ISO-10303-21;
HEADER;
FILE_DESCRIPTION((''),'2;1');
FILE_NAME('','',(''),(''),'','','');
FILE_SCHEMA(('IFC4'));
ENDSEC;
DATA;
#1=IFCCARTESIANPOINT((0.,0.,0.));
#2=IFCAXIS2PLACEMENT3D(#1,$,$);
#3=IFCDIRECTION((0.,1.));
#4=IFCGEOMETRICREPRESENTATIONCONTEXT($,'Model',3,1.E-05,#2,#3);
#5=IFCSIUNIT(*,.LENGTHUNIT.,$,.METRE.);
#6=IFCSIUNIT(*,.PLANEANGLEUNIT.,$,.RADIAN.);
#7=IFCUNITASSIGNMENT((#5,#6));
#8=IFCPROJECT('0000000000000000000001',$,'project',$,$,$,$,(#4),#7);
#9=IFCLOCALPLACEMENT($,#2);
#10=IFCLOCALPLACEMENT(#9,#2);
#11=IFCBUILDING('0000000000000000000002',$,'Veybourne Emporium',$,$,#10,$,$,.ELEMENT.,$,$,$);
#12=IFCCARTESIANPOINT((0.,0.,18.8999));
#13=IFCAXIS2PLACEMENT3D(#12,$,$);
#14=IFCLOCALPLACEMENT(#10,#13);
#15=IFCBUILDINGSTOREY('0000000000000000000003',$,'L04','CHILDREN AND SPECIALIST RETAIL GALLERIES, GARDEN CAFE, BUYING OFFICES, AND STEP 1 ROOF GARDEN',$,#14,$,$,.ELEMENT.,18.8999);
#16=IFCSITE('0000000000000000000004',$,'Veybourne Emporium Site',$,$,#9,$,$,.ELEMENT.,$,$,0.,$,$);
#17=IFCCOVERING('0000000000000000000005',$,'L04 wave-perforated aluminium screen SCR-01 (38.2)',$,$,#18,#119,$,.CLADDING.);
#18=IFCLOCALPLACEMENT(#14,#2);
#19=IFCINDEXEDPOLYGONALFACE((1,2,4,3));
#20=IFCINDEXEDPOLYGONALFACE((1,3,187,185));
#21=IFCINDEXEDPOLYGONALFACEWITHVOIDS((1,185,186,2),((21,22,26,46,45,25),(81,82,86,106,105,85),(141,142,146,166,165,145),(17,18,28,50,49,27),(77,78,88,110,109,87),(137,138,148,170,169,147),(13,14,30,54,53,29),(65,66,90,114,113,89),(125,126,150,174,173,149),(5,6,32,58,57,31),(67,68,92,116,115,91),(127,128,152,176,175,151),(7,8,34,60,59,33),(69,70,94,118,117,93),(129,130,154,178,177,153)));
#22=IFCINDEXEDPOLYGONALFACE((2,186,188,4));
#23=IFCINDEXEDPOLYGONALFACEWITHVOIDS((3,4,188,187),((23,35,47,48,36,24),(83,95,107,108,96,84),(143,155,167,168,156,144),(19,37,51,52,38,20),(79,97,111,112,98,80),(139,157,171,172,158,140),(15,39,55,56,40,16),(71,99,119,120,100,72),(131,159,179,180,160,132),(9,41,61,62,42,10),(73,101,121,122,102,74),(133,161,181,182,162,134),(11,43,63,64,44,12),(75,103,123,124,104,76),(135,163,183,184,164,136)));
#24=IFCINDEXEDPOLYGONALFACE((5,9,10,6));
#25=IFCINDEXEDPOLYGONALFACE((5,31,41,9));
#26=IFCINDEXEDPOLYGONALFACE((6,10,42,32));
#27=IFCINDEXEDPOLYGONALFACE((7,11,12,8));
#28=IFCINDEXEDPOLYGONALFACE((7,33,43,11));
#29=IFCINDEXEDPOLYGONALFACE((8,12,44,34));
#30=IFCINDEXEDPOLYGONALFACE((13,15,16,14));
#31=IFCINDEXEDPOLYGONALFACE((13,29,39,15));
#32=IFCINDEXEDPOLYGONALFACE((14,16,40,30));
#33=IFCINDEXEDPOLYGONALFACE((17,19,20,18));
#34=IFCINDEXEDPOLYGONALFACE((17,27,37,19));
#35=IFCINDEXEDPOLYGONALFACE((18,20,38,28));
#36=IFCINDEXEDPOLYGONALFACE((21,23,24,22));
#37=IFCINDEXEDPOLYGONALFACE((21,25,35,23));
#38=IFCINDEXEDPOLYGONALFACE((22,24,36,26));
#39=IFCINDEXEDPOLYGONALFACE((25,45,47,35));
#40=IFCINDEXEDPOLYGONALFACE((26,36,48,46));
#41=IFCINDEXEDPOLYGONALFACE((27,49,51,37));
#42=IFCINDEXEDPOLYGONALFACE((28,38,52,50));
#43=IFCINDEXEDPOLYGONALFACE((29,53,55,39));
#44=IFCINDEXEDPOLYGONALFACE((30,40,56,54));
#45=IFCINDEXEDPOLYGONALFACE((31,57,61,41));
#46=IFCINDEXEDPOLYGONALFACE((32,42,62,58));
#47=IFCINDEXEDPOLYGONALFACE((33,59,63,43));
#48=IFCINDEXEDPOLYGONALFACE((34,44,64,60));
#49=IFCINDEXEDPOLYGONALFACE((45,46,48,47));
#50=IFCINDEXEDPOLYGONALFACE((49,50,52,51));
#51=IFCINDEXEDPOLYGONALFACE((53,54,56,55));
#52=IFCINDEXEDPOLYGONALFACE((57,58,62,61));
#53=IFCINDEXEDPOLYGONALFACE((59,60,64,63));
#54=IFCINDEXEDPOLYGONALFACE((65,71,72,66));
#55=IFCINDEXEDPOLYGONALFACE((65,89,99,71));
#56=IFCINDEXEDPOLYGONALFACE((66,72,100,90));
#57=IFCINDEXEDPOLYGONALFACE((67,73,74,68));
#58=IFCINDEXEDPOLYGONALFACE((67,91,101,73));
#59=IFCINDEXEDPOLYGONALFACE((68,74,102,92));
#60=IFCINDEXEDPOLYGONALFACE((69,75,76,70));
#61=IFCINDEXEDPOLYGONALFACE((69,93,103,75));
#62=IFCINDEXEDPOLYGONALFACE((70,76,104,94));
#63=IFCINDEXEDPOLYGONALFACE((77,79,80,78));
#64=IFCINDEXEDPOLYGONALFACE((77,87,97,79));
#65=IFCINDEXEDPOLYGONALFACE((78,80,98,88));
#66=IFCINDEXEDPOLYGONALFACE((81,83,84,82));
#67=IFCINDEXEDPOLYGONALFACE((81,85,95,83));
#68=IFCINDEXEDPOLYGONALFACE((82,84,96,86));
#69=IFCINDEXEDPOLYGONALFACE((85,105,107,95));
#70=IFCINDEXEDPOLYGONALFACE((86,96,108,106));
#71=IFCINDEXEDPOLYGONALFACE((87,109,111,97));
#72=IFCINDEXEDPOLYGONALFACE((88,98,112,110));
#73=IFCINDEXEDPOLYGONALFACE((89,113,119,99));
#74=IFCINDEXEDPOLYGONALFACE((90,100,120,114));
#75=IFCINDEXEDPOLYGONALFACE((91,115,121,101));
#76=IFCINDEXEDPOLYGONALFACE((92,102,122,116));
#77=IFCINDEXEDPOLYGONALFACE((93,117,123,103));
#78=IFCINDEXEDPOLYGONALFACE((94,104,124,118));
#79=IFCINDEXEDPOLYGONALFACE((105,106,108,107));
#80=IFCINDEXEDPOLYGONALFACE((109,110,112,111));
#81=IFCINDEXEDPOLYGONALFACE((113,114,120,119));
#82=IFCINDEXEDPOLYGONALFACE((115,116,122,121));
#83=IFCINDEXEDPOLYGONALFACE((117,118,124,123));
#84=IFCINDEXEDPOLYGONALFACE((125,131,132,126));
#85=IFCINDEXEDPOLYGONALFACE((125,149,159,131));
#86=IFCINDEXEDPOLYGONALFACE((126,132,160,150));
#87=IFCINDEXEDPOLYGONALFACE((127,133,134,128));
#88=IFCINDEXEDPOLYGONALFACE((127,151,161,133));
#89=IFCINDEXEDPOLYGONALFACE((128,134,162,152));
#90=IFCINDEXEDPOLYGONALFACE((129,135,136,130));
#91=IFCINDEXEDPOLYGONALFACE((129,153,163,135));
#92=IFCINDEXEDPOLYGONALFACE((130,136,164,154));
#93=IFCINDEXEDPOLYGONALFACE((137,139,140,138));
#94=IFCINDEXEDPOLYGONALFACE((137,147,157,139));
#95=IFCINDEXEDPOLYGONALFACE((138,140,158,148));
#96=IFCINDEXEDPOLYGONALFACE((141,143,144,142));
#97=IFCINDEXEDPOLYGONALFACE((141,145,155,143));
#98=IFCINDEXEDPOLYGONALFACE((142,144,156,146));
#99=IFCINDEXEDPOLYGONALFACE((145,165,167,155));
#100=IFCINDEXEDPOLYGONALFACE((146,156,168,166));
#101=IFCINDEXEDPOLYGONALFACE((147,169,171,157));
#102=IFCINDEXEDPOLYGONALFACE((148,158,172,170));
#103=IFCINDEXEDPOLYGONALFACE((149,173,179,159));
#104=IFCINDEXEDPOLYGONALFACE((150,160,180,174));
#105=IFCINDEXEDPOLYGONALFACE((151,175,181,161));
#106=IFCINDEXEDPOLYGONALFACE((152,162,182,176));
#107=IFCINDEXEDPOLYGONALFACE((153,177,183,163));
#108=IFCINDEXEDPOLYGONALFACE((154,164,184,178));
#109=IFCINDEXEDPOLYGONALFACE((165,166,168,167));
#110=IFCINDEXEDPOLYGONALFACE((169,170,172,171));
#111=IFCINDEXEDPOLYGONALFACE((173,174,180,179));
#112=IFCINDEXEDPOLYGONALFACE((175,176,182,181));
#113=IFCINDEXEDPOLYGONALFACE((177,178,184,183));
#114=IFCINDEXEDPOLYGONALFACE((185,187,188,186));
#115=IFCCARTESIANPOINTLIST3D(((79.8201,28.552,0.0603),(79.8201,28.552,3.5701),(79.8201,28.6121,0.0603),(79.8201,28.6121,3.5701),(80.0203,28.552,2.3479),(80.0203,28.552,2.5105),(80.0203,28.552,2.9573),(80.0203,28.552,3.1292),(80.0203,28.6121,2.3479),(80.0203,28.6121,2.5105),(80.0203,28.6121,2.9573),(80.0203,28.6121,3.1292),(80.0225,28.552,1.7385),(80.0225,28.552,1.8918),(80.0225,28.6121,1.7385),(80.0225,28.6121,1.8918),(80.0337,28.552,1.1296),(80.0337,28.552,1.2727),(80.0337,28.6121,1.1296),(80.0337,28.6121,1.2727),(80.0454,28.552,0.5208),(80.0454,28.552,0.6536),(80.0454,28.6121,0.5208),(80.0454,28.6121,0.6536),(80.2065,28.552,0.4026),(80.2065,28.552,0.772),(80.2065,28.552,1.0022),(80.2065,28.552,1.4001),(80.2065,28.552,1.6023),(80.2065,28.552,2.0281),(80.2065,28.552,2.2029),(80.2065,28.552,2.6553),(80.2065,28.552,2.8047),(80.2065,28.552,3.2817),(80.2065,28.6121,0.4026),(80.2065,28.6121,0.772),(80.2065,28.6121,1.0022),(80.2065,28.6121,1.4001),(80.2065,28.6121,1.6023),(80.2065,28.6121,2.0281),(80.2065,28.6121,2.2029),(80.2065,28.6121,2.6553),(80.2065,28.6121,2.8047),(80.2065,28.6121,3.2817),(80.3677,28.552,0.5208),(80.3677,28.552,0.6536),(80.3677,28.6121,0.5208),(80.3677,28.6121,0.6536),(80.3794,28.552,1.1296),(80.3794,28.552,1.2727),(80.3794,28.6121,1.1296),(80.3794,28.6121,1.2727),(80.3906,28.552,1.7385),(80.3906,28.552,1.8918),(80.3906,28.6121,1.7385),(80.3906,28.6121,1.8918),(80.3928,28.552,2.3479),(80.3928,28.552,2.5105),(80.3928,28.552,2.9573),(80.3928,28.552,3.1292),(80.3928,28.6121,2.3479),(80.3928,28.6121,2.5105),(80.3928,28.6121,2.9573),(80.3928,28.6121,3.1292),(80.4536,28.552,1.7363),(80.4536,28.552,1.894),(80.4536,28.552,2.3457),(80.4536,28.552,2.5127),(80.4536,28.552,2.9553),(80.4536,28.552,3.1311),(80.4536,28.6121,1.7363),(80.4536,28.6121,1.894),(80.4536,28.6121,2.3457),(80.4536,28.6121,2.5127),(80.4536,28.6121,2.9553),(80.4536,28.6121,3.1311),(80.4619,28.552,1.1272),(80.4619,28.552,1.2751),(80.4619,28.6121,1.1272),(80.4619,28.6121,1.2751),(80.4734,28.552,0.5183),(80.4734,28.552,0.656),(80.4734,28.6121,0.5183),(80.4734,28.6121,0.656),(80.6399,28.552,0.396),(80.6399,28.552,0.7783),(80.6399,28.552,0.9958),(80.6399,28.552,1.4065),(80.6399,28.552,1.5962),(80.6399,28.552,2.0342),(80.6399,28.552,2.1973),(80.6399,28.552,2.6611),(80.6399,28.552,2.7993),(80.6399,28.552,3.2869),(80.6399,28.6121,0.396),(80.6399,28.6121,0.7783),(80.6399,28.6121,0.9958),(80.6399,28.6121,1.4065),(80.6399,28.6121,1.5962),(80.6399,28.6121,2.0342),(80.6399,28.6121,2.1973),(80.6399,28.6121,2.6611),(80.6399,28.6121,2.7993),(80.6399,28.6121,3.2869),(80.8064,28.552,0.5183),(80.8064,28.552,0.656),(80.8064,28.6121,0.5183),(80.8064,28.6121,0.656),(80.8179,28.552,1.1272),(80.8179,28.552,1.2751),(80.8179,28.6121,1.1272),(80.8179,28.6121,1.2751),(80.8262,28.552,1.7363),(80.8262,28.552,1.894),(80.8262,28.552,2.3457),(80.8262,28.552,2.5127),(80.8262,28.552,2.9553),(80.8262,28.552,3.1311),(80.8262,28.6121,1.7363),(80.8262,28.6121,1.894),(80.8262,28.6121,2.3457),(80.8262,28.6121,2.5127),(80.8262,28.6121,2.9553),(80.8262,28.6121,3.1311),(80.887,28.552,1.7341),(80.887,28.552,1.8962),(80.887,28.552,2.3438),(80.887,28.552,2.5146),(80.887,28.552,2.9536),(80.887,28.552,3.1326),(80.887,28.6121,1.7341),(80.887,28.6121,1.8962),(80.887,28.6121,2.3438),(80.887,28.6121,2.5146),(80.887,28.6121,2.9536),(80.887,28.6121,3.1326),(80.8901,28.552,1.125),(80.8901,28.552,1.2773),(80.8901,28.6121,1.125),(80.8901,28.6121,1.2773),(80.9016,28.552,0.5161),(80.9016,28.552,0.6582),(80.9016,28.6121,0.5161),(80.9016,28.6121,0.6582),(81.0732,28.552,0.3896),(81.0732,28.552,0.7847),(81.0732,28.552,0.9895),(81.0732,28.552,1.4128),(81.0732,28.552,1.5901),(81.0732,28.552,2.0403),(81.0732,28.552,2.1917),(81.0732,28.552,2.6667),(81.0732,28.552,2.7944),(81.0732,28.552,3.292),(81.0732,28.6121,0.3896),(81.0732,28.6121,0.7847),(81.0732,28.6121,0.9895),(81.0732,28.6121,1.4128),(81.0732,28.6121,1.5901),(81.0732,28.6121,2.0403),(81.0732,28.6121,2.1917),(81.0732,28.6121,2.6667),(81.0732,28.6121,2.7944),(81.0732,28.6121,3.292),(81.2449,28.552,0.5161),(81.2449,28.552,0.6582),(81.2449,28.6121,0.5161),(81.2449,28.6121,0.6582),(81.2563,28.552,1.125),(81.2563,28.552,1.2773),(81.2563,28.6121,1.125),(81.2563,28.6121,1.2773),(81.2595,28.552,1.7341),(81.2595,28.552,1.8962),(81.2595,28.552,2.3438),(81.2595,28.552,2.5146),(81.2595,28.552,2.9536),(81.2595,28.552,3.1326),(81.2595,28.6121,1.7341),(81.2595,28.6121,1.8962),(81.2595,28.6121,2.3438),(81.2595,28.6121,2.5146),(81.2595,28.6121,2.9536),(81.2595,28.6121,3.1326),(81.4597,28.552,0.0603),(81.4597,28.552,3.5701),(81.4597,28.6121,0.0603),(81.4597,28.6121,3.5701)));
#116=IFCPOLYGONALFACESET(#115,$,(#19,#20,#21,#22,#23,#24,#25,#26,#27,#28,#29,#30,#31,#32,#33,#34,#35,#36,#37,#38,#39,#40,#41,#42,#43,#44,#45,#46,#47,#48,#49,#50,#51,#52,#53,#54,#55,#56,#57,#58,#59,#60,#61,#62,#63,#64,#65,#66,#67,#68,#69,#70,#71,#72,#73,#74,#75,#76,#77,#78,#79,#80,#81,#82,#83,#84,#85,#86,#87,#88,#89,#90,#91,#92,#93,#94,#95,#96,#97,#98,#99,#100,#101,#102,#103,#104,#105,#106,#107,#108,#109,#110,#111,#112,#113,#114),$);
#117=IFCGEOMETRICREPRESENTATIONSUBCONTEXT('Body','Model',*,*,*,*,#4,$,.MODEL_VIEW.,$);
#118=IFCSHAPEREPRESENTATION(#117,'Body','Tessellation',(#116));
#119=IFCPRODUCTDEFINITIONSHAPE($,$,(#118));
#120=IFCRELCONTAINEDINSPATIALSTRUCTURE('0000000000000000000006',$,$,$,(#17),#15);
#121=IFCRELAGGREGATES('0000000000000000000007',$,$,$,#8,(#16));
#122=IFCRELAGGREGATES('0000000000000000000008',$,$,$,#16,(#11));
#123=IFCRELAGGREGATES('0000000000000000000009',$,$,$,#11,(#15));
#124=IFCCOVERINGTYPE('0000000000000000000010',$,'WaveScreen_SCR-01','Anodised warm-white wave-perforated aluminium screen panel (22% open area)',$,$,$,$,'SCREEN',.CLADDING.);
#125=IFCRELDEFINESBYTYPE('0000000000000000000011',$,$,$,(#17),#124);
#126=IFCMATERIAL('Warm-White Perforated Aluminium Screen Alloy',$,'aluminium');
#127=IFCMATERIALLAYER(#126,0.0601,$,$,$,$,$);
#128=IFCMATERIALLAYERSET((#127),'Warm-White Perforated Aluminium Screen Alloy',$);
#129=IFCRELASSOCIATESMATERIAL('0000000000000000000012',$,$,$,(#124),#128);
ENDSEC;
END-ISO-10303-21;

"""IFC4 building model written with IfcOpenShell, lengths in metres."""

from ifc_helpers import new_model, si_unit, direction, frame, origin, place, context, subcontext, project, spatial, polyline, outline, extrude, material, layer, layer_set, type_object, element, save


model = new_model("IFC4")

# Units and contexts
model_context = context("Model", 3, precision=1e-05, world=origin(), true_north=direction((0.0, 1.0)))
body_context = subcontext(model_context, "Body", "Model", "MODEL_VIEW")
ifc_project = project(units=[si_unit("LENGTHUNIT", "METRE"), si_unit("PLANEANGLEUNIT", "RADIAN")], contexts=[model_context])

# Site, building, storey
site_placement = place(None, origin())
site = spatial("IfcSite", under=ifc_project, at=site_placement, Name="Veybourne Emporium Site", CompositionType="ELEMENT", RefElevation=0.0)
building_placement = place(site_placement, origin())
building = spatial("IfcBuilding", under=site, at=building_placement, Name="Veybourne Emporium", CompositionType="ELEMENT")
storey_placement = place(building_placement, frame((0.0, 0.0, 18.8999)))
storey = spatial("IfcBuildingStorey", under=building, at=storey_placement, Name="L04", Description="CHILDREN AND SPECIALIST RETAIL GALLERIES, GARDEN CAFE, BUYING OFFICES, AND STEP 1 ROOF GARDEN", CompositionType="ELEMENT", Elevation=18.8999)

# Covering
ifc_material_1 = material(Name="Warm-White Perforated Aluminium Screen Alloy", Category="aluminium")
ifc_layer_1 = layer(ifc_material_1, 0.0601)
ifc_layer_set_1 = layer_set([ifc_layer_1], Name="Warm-White Perforated Aluminium Screen Alloy")
covering_type_1 = type_object("IfcCoveringType", Name="WaveScreen_SCR-01", Description="Anodised warm-white wave-perforated aluminium screen panel (22% open area)", ElementType="SCREEN", PredefinedType="CLADDING", material=ifc_layer_set_1)
covering_1_placement = place(storey_placement, frame((80.6399, 28.552, 1.8152), z_axis=(0.0, 1.0, 0.0), x_axis=(-1.0, 0.0, 0.0)))
element("IfcCovering", 1, at=covering_1_placement, inside=storey, type_object=covering_type_1, Name="L04 wave-perforated aluminium screen SCR-01 (38.2)", PredefinedType="CLADDING", context=body_context, shape_type="SweptSolid", body=[
    extrude(outline(polyline([(-0.8198, -1.7549), (0.8198, -1.7549), (0.8198, 1.7549), (-0.8198, 1.7549), (-0.8198, -1.7549)]), holes=[polyline([(-0.4333, -1.0305), (-0.2617, -1.157), (-0.2617, -1.2991), (-0.4333, -1.4255), (-0.605, -1.2991), (-0.605, -1.157), (-0.4333, -1.0305)]), polyline([(-0.4333, -0.4023), (-0.2502, -0.5378), (-0.2502, -0.6902), (-0.4333, -0.8257), (-0.6165, -0.6902), (-0.6165, -0.5378), (-0.4333, -0.4023)]), polyline([(-0.4333, 0.2251), (-0.2471, 0.0811), (-0.2471, -0.0811), (-0.4333, -0.2251), (-0.6196, -0.0811), (-0.6196, 0.0811), (-0.4333, 0.2251)]), polyline([(-0.4333, 0.8516), (-0.2471, 0.6995), (-0.2471, 0.5286), (-0.4333, 0.3765), (-0.6196, 0.5286), (-0.6196, 0.6995), (-0.4333, 0.8516)]), polyline([(-0.4333, 1.4768), (-0.2471, 1.3174), (-0.2471, 1.1384), (-0.4333, 0.9792), (-0.6196, 1.1384), (-0.6196, 1.3174), (-0.4333, 1.4768)]), polyline([(0.0, -1.0369), (0.1665, -1.1592), (0.1665, -1.2969), (0.0, -1.4192), (-0.1665, -1.2969), (-0.1665, -1.1592), (0.0, -1.0369)]), polyline([(0.0, -0.4087), (0.178, -0.54), (0.178, -0.688), (0.0, -0.8193), (-0.178, -0.688), (-0.178, -0.54), (0.0, -0.4087)]), polyline([(0.0, 0.219), (0.1863, 0.0789), (0.1863, -0.0789), (0.0, -0.219), (-0.1863, -0.0789), (-0.1863, 0.0789), (0.0, 0.219)]), polyline([(0.0, 0.8459), (0.1863, 0.6975), (0.1863, 0.5305), (0.0, 0.3821), (-0.1863, 0.5305), (-0.1863, 0.6975), (0.0, 0.8459)]), polyline([(0.0, 1.4717), (0.1863, 1.3159), (0.1863, 1.1401), (0.0, 0.9841), (-0.1863, 1.1401), (-0.1863, 1.3159), (0.0, 1.4717)]), polyline([(0.4333, -1.0432), (0.5945, -1.1616), (0.5945, -1.2944), (0.4333, -1.4126), (0.2722, -1.2944), (0.2722, -1.1616), (0.4333, -1.0432)]), polyline([(0.4333, -0.415), (0.6062, -0.5425), (0.6062, -0.6855), (0.4333, -0.813), (0.2605, -0.6855), (0.2605, -0.5425), (0.4333, -0.415)]), polyline([(0.4333, 0.2129), (0.6174, 0.0767), (0.6174, -0.0767), (0.4333, -0.2129), (0.2493, -0.0767), (0.2493, 0.0767), (0.4333, 0.2129)]), polyline([(0.4333, 0.8401), (0.6196, 0.6953), (0.6196, 0.5327), (0.4333, 0.3877), (0.2471, 0.5327), (0.2471, 0.6953), (0.4333, 0.8401)]), polyline([(0.4333, 1.4666), (0.6196, 1.314), (0.6196, 1.1421), (0.4333, 0.9895), (0.2471, 1.1421), (0.2471, 1.314), (0.4333, 1.4666)])]), origin(), (0.0, 0.0, 1.0), 0.0601),
])

save(model, "model.ifc")
